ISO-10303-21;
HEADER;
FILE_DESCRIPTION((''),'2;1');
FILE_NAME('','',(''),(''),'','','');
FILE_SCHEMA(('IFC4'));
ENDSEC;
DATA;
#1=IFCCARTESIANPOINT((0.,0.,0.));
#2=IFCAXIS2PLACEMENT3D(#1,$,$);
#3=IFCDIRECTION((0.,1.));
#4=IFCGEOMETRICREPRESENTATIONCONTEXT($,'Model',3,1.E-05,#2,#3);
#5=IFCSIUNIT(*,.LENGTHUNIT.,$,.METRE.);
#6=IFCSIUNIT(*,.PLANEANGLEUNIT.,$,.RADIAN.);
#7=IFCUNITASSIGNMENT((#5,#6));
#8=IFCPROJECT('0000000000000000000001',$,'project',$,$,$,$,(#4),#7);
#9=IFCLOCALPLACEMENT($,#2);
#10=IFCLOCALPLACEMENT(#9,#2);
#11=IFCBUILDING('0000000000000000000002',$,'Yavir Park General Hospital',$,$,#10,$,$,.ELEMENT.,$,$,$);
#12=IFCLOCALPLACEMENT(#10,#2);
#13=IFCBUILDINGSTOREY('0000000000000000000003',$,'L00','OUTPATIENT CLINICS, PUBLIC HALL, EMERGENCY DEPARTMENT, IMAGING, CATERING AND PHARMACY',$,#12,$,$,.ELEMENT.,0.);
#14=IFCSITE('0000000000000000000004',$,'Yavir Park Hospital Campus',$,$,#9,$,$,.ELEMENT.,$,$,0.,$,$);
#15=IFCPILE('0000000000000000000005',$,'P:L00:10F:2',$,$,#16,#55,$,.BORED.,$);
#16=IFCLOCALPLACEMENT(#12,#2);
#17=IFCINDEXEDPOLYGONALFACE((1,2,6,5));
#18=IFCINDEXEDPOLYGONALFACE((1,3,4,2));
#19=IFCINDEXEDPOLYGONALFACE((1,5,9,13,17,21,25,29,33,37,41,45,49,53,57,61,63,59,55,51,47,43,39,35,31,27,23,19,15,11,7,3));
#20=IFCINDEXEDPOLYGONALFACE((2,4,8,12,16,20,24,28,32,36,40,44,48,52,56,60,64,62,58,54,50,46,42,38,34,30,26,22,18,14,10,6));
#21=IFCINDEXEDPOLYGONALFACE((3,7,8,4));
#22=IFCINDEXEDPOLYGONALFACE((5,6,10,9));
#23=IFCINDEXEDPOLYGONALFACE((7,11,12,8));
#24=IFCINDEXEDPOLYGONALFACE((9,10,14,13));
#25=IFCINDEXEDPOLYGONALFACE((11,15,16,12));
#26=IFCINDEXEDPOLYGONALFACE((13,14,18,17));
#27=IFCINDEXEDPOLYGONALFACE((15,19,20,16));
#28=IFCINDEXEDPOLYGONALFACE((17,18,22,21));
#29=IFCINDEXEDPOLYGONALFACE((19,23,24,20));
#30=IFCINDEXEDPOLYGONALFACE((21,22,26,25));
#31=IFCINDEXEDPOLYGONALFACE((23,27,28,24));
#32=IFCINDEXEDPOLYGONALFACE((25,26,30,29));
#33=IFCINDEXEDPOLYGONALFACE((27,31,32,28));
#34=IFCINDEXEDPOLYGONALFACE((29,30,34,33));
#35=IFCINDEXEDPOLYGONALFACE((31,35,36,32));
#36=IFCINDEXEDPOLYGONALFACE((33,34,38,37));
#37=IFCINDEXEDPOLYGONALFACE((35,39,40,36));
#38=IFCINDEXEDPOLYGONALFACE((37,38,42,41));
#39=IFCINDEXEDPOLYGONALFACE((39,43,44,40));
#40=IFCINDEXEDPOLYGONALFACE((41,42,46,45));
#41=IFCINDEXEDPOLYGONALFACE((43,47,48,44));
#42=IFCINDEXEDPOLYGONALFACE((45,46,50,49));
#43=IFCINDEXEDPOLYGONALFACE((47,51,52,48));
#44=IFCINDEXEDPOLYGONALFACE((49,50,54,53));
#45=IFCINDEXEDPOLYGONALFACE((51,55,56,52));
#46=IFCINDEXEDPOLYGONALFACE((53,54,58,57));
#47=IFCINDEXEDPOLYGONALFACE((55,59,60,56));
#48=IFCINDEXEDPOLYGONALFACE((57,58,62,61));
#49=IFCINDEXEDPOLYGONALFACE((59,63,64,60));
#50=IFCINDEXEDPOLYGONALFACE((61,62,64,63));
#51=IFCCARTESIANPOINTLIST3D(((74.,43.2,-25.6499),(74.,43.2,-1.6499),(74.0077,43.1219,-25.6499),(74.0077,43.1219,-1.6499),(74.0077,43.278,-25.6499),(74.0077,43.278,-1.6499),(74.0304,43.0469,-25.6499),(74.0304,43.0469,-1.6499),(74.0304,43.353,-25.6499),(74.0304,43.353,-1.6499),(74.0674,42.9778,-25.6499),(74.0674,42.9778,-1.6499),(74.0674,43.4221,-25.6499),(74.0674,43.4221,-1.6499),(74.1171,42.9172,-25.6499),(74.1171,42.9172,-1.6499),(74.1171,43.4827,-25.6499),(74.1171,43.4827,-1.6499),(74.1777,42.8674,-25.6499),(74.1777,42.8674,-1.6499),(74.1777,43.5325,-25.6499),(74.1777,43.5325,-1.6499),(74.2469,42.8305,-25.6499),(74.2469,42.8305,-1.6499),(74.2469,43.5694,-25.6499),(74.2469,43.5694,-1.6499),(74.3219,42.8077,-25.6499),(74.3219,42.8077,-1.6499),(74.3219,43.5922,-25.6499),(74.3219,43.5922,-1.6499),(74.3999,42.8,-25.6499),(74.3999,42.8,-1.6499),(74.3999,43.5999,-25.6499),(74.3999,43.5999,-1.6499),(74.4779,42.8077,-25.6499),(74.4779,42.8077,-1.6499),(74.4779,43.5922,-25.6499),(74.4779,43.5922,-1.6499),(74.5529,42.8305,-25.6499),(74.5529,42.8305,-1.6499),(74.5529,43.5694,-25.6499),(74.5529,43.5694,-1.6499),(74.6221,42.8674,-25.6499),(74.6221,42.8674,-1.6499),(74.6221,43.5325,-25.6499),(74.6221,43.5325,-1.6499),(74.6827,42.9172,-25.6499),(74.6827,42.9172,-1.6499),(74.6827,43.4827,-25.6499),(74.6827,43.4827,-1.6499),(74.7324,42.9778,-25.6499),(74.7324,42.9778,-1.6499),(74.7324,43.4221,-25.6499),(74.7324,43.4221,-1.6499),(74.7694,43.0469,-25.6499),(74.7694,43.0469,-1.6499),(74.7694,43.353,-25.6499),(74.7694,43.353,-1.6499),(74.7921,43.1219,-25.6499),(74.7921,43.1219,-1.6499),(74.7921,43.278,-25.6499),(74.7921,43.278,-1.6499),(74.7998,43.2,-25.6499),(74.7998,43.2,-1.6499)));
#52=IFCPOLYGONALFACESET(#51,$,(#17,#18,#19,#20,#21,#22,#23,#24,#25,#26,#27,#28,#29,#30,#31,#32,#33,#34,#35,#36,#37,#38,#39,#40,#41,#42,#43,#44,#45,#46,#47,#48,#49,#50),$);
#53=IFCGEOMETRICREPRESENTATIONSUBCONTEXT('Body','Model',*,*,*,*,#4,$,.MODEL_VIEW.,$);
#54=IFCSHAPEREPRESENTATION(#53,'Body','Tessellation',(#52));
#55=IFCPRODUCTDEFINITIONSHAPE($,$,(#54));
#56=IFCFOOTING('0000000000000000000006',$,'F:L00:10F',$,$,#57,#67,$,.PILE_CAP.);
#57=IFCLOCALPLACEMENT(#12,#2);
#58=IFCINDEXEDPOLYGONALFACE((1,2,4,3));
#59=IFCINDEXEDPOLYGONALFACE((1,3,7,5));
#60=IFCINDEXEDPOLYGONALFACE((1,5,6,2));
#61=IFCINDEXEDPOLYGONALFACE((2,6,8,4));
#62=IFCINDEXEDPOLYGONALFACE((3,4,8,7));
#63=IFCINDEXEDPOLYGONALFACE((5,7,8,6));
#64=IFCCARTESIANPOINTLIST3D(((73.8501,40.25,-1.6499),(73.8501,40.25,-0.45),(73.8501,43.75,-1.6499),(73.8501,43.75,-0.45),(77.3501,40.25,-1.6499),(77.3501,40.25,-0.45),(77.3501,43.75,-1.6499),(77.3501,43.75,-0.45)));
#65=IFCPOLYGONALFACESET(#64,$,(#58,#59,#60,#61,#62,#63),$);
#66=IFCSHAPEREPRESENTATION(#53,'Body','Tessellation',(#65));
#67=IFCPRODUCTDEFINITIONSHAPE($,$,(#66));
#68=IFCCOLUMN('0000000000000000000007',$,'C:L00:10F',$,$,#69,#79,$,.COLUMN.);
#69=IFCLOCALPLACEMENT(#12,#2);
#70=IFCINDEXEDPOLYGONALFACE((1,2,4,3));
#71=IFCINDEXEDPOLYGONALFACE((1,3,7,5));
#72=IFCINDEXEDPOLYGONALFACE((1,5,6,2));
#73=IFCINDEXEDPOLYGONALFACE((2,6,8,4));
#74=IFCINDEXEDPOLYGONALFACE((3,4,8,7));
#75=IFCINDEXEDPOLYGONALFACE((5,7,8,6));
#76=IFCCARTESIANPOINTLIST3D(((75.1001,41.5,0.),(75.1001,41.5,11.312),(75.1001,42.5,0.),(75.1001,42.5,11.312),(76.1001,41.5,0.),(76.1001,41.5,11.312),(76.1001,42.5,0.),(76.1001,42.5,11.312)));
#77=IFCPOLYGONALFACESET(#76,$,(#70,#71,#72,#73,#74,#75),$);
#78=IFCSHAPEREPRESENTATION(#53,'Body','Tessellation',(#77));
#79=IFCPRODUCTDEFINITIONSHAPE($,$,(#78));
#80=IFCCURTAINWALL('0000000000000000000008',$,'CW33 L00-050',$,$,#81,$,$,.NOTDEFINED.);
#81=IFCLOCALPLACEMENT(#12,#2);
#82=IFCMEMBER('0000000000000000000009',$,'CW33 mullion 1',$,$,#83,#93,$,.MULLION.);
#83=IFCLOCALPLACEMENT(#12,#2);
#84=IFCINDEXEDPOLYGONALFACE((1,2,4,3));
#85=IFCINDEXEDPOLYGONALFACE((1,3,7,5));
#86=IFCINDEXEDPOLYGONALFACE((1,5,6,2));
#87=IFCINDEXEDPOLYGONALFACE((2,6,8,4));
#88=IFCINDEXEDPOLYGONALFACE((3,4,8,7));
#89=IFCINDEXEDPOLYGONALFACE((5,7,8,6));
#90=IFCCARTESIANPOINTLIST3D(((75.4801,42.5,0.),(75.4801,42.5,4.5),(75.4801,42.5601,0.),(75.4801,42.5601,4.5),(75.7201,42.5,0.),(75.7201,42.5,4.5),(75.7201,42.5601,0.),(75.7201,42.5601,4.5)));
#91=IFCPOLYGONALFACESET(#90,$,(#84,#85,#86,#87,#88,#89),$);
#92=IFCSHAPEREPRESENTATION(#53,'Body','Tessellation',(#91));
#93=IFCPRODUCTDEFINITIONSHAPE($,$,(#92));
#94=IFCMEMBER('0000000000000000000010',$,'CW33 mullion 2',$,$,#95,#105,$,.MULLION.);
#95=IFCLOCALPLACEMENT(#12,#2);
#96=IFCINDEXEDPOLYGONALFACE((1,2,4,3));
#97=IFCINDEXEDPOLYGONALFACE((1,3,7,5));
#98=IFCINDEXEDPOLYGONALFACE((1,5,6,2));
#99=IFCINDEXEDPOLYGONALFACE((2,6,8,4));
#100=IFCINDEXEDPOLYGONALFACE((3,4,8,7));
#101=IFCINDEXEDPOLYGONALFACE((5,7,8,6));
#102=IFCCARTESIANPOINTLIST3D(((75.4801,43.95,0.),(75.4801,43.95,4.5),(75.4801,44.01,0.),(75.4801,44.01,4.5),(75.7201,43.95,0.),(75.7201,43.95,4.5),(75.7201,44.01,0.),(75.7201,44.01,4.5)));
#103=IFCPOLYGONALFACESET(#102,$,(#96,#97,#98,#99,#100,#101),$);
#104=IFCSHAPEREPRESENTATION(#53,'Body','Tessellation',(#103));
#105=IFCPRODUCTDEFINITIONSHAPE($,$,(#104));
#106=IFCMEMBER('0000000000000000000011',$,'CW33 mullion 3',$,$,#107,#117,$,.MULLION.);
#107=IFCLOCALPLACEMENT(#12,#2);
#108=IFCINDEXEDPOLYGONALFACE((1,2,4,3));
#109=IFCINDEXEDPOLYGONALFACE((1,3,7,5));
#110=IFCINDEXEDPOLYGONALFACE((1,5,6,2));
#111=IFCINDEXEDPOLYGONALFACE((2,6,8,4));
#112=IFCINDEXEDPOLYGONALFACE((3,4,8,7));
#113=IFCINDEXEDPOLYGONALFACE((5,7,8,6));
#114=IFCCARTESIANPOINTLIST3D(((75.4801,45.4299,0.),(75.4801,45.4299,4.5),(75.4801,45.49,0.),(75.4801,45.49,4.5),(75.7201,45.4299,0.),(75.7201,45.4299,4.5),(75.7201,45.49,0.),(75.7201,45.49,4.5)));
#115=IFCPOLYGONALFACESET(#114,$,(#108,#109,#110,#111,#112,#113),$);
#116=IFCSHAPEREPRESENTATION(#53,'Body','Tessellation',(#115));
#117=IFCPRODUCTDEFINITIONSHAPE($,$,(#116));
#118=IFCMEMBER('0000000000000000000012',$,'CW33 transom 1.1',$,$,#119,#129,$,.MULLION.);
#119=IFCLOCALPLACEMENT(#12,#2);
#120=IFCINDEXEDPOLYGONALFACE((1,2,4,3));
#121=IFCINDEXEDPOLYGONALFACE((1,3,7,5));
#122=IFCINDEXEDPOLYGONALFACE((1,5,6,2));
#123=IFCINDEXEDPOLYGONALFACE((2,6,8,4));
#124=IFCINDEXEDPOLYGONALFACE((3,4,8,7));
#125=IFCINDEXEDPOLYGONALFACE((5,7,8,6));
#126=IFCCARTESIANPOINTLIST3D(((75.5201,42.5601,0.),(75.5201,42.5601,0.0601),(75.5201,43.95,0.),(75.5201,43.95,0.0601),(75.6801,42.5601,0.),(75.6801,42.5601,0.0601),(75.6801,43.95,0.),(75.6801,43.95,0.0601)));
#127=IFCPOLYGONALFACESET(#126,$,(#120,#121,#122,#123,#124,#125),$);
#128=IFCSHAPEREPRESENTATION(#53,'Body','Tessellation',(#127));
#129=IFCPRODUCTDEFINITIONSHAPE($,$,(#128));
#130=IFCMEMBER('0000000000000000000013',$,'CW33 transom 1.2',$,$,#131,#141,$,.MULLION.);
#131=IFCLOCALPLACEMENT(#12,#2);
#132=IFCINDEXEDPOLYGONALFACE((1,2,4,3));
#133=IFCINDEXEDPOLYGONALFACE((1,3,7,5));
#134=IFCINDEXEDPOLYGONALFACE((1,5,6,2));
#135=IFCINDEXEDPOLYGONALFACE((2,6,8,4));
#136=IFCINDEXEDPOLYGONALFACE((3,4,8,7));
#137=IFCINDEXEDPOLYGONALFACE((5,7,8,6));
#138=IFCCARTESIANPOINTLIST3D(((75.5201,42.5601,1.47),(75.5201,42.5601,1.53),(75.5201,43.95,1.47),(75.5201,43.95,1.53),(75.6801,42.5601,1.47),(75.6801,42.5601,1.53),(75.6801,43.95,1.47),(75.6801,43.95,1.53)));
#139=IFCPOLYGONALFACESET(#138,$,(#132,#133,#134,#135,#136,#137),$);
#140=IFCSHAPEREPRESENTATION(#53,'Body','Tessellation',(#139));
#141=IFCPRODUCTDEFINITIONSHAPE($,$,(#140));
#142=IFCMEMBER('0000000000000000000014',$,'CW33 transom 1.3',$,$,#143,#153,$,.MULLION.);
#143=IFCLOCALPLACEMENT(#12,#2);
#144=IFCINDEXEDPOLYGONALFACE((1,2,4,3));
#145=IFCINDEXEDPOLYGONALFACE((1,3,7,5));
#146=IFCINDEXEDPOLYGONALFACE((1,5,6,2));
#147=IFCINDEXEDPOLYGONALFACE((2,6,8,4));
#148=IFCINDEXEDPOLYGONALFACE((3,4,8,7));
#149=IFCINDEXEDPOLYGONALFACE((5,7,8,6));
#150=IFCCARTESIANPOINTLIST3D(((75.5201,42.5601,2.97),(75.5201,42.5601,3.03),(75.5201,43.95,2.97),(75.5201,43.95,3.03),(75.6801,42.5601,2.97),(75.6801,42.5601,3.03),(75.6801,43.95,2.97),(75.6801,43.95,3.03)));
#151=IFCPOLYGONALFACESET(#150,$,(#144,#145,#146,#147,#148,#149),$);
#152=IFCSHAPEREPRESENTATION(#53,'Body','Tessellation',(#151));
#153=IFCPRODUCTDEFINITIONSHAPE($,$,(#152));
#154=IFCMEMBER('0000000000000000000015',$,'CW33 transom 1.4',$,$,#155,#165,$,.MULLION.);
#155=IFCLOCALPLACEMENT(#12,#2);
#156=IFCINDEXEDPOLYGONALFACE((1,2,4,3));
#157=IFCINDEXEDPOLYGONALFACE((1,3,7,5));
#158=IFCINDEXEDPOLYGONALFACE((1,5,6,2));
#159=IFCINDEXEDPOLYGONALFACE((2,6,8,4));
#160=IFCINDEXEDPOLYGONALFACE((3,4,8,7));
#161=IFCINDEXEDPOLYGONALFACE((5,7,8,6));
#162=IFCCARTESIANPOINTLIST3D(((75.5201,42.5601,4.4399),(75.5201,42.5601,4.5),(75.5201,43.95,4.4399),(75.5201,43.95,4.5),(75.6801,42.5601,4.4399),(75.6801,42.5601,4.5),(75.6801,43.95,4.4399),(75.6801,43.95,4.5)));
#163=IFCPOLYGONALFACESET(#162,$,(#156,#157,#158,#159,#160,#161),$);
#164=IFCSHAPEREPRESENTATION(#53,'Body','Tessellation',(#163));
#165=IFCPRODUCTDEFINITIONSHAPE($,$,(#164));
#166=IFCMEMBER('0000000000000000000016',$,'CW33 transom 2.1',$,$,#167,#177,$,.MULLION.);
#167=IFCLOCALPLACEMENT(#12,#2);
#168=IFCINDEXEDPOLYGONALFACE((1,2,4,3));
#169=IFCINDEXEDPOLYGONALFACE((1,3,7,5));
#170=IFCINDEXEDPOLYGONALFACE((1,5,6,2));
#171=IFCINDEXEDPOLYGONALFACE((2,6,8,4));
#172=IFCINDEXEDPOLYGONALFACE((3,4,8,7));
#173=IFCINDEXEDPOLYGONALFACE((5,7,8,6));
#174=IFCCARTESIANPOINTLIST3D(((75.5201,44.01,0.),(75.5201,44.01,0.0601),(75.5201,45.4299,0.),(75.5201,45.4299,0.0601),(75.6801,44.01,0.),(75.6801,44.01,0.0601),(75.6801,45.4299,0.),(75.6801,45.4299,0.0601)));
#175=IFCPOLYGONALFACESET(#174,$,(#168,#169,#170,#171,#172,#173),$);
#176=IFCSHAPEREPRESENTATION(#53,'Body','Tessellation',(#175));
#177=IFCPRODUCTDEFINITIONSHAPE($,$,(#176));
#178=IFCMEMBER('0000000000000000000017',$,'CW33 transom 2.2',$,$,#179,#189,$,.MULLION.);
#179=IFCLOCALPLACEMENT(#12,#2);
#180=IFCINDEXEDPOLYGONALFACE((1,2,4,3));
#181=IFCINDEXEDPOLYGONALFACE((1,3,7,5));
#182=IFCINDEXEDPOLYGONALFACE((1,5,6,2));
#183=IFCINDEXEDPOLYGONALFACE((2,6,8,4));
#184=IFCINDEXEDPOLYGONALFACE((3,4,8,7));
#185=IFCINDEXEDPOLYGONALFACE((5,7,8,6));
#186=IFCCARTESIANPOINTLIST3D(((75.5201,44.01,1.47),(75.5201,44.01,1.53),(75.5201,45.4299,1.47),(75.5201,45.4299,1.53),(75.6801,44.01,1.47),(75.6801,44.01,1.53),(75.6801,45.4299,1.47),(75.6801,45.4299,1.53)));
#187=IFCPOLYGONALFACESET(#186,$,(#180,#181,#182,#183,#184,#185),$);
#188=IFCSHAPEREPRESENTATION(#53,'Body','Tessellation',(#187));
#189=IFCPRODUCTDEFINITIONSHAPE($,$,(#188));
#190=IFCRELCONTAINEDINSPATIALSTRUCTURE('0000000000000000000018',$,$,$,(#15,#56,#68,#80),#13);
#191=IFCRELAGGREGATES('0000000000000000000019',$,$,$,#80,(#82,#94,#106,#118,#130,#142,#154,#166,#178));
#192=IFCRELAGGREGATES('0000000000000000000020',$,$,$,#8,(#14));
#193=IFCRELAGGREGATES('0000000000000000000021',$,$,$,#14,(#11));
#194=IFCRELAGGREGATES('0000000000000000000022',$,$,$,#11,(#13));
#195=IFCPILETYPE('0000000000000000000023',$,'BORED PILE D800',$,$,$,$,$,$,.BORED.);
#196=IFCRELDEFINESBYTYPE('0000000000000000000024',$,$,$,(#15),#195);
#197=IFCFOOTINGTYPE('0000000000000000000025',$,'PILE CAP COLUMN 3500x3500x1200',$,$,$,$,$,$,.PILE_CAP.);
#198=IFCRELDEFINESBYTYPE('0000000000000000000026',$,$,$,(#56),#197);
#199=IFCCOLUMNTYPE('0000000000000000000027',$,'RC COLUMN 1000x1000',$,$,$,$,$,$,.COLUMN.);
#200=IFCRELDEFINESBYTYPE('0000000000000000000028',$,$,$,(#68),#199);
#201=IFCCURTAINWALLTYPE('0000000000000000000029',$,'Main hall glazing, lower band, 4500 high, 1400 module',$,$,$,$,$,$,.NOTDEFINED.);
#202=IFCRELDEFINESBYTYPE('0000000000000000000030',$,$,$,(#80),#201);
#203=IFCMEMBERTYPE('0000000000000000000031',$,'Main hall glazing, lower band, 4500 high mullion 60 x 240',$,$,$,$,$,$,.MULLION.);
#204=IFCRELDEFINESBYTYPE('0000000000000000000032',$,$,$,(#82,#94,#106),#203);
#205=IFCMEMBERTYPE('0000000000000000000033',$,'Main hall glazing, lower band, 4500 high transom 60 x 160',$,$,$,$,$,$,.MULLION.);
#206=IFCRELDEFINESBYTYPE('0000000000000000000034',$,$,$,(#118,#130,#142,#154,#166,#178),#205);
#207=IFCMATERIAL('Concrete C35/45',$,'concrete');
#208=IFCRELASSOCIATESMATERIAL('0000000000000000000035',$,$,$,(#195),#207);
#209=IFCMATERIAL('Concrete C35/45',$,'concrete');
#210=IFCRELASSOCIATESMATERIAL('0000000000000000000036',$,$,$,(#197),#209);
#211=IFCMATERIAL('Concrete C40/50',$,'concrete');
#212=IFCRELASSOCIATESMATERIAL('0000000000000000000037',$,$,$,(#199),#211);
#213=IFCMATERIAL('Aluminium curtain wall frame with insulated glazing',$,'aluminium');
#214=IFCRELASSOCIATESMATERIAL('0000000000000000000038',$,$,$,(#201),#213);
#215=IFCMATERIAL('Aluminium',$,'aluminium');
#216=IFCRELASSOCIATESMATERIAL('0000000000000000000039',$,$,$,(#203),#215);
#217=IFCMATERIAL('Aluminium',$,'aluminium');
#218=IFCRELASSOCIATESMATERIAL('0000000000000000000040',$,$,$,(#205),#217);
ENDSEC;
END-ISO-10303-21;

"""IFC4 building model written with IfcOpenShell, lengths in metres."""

from ifc_helpers import new_model, si_unit, direction, frame, origin, origin_2d, place, context, subcontext, project, spatial, rectangle, circle, extrude, material, material_profile, profile_set, type_object, element, aggregate, save


model = new_model("IFC4")

# Units and contexts
model_context = context("Model", 3, precision=1e-05, world=origin(), true_north=direction((0.0, 1.0)))
body_context = subcontext(model_context, "Body", "Model", "MODEL_VIEW")
ifc_project = project(units=[si_unit("LENGTHUNIT", "METRE"), si_unit("PLANEANGLEUNIT", "RADIAN")], contexts=[model_context])

# Site, building, storey
site_placement = place(None, origin())
site = spatial("IfcSite", under=ifc_project, at=site_placement, Name="Yavir Park Hospital Campus", CompositionType="ELEMENT", RefElevation=0.0)
building_placement = place(site_placement, origin())
building = spatial("IfcBuilding", under=site, at=building_placement, Name="Yavir Park General Hospital", CompositionType="ELEMENT")
storey_placement = place(building_placement, origin())
storey = spatial("IfcBuildingStorey", under=building, at=storey_placement, Name="L00", Description="OUTPATIENT CLINICS, PUBLIC HALL, EMERGENCY DEPARTMENT, IMAGING, CATERING AND PHARMACY", CompositionType="ELEMENT", Elevation=0.0)

# Pile
ifc_material_1 = material(Name="Concrete C35/45", Category="concrete")
ifc_material_profile_1 = material_profile(ifc_material_1, circle(Radius=0.3999, at=origin_2d()), Name="D800")
ifc_profile_set_1 = profile_set([ifc_material_profile_1], Name="Concrete C35/45")
pile_type = type_object("IfcPileType", Name="BORED PILE D800", PredefinedType="BORED", material=ifc_profile_set_1)
pile_placement = place(storey_placement, frame((74.3999, 43.2, -1.6499), z_axis=(0.0, 0.0, -1.0), x_axis=(1.0, 0.0, 0.0)))
element("IfcPile", 1, at=pile_placement, inside=storey, type_object=pile_type, Name="P:L00:10F:2", PredefinedType="BORED", context=body_context, shape_type="SweptSolid", body=[
    extrude(circle(Radius=0.3999, at=origin_2d()), origin(), (0.0, 0.0, 1.0), 24.0),
])

# Footing
ifc_material_2 = material(Name="Concrete C35/45", Category="concrete")
footing_type = type_object("IfcFootingType", Name="PILE CAP COLUMN 3500x3500x1200", PredefinedType="PILE_CAP", material=ifc_material_2)
footing_placement = place(storey_placement, frame((75.6001, 42.0, -1.6499), z_axis=(0.0, 0.0, 1.0), x_axis=(1.0, 0.0, 0.0)))
element("IfcFooting", 2, at=footing_placement, inside=storey, type_object=footing_type, Name="F:L00:10F", PredefinedType="PILE_CAP", context=body_context, shape_type="SweptSolid", body=[
    extrude(rectangle(XDim=3.5, YDim=3.5, at=origin_2d()), origin(), (0.0, 0.0, 1.0), 1.2),
])

# Column
ifc_material_3 = material(Name="Concrete C40/50", Category="concrete")
ifc_material_profile_2 = material_profile(ifc_material_3, rectangle(XDim=1.0, YDim=1.0, at=origin_2d()), Name="RC1000x1000")
ifc_profile_set_2 = profile_set([ifc_material_profile_2], Name="Concrete C40/50")
column_type = type_object("IfcColumnType", Name="RC COLUMN 1000x1000", PredefinedType="COLUMN", material=ifc_profile_set_2)
column_placement = place(storey_placement, frame((75.6001, 42.0, 0.0), z_axis=(0.0, 0.0, 1.0), x_axis=(1.0, 0.0, 0.0)))
element("IfcColumn", 3, at=column_placement, inside=storey, type_object=column_type, Name="C:L00:10F", PredefinedType="COLUMN", context=body_context, shape_type="SweptSolid", body=[
    extrude(rectangle(XDim=1.0, YDim=1.0, at=origin_2d()), origin(), (0.0, 0.0, 1.0), 11.312),
])

# Curtain wall, members
ifc_material_4 = material(Name="Aluminium curtain wall frame with insulated glazing", Category="aluminium")
curtain_wall_type_1 = type_object("IfcCurtainWallType", Name="Main hall glazing, lower band, 4500 high, 1400 module", PredefinedType="NOTDEFINED", material=ifc_material_4)
curtain_wall_1_placement = place(storey_placement, origin())
curtain_wall_1 = element("IfcCurtainWall", 4, at=curtain_wall_1_placement, inside=storey, type_object=curtain_wall_type_1, Name="CW33 L00-050", PredefinedType="NOTDEFINED")
ifc_material_5 = material(Name="Aluminium", Category="aluminium")
ifc_material_profile_3 = material_profile(ifc_material_5, rectangle(XDim=0.24, YDim=0.0601, at=origin_2d()), Name="AL 60x240")
ifc_profile_set_3 = profile_set([ifc_material_profile_3], Name="Aluminium")
member_type_1 = type_object("IfcMemberType", Name="Main hall glazing, lower band, 4500 high mullion 60 x 240", PredefinedType="MULLION", material=ifc_profile_set_3)
member_1_placement = place(storey_placement, frame((75.6001, 42.53, 0.0), z_axis=(0.0, 0.0, 1.0), x_axis=(-1.0, 0.0, 0.0)))
member_1 = element("IfcMember", 5, at=member_1_placement, type_object=member_type_1, Name="CW33 mullion 1", PredefinedType="MULLION", context=body_context, shape_type="SweptSolid", body=[
    extrude(rectangle(XDim=0.24, YDim=0.0601, at=origin_2d()), origin(), (0.0, 0.0, 1.0), 4.5),
])
member_2_placement = place(storey_placement, frame((75.6001, 43.98, 0.0), z_axis=(0.0, 0.0, 1.0), x_axis=(-1.0, 0.0, 0.0)))
member_2 = element("IfcMember", 6, at=member_2_placement, type_object=member_type_1, Name="CW33 mullion 2", PredefinedType="MULLION", context=body_context, shape_type="SweptSolid", body=[
    extrude(rectangle(XDim=0.24, YDim=0.0601, at=origin_2d()), origin(), (0.0, 0.0, 1.0), 4.5),
])
member_3_placement = place(storey_placement, frame((75.6001, 45.46, 0.0), z_axis=(0.0, 0.0, 1.0), x_axis=(-1.0, 0.0, 0.0)))
member_3 = element("IfcMember", 7, at=member_3_placement, type_object=member_type_1, Name="CW33 mullion 3", PredefinedType="MULLION", context=body_context, shape_type="SweptSolid", body=[
    extrude(rectangle(XDim=0.24, YDim=0.0601, at=origin_2d()), origin(), (0.0, 0.0, 1.0), 4.5),
])
ifc_material_6 = material(Name="Aluminium", Category="aluminium")
ifc_material_profile_4 = material_profile(ifc_material_6, rectangle(XDim=0.1599, YDim=0.0601, at=origin_2d()), Name="AL 160x60")
ifc_profile_set_4 = profile_set([ifc_material_profile_4], Name="Aluminium")
member_type_2 = type_object("IfcMemberType", Name="Main hall glazing, lower band, 4500 high transom 60 x 160", PredefinedType="MULLION", material=ifc_profile_set_4)
member_4_placement = place(storey_placement, frame((75.6001, 42.5601, 0.03), z_axis=(0.0, 1.0, 0.0), x_axis=(-1.0, 0.0, 0.0)))
member_4 = element("IfcMember", 8, at=member_4_placement, type_object=member_type_2, Name="CW33 transom 1.1", PredefinedType="MULLION", context=body_context, shape_type="SweptSolid", body=[
    extrude(rectangle(XDim=0.1599, YDim=0.0601, at=origin_2d()), origin(), (0.0, 0.0, 1.0), 1.3899),
])
member_5_placement = place(storey_placement, frame((75.6001, 42.5601, 1.5), z_axis=(0.0, 1.0, 0.0), x_axis=(-1.0, 0.0, 0.0)))
member_5 = element("IfcMember", 9, at=member_5_placement, type_object=member_type_2, Name="CW33 transom 1.2", PredefinedType="MULLION", context=body_context, shape_type="SweptSolid", body=[
    extrude(rectangle(XDim=0.1599, YDim=0.0601, at=origin_2d()), origin(), (0.0, 0.0, 1.0), 1.3899),
])
member_6_placement = place(storey_placement, frame((75.6001, 42.5601, 3.0), z_axis=(0.0, 1.0, 0.0), x_axis=(-1.0, 0.0, 0.0)))
member_6 = element("IfcMember", 10, at=member_6_placement, type_object=member_type_2, Name="CW33 transom 1.3", PredefinedType="MULLION", context=body_context, shape_type="SweptSolid", body=[
    extrude(rectangle(XDim=0.1599, YDim=0.0601, at=origin_2d()), origin(), (0.0, 0.0, 1.0), 1.3899),
])
member_7_placement = place(storey_placement, frame((75.6001, 42.5601, 4.47), z_axis=(0.0, 1.0, 0.0), x_axis=(-1.0, 0.0, 0.0)))
member_7 = element("IfcMember", 11, at=member_7_placement, type_object=member_type_2, Name="CW33 transom 1.4", PredefinedType="MULLION", context=body_context, shape_type="SweptSolid", body=[
    extrude(rectangle(XDim=0.1599, YDim=0.0601, at=origin_2d()), origin(), (0.0, 0.0, 1.0), 1.3899),
])
member_8_placement = place(storey_placement, frame((75.6001, 44.01, 0.03), z_axis=(0.0, 1.0, 0.0), x_axis=(-1.0, 0.0, 0.0)))
member_8 = element("IfcMember", 12, at=member_8_placement, type_object=member_type_2, Name="CW33 transom 2.1", PredefinedType="MULLION", context=body_context, shape_type="SweptSolid", body=[
    extrude(rectangle(XDim=0.1599, YDim=0.0601, at=origin_2d()), origin(), (0.0, 0.0, 1.0), 1.4199),
])
member_9_placement = place(storey_placement, frame((75.6001, 44.01, 1.5), z_axis=(0.0, 1.0, 0.0), x_axis=(-1.0, 0.0, 0.0)))
member_9 = element("IfcMember", 13, at=member_9_placement, type_object=member_type_2, Name="CW33 transom 2.2", PredefinedType="MULLION", context=body_context, shape_type="SweptSolid", body=[
    extrude(rectangle(XDim=0.1599, YDim=0.0601, at=origin_2d()), origin(), (0.0, 0.0, 1.0), 1.4199),
])

aggregate(curtain_wall_1, [member_1, member_2, member_3, member_4, member_5, member_6, member_7, member_8, member_9])

save(model, "model.ifc")
